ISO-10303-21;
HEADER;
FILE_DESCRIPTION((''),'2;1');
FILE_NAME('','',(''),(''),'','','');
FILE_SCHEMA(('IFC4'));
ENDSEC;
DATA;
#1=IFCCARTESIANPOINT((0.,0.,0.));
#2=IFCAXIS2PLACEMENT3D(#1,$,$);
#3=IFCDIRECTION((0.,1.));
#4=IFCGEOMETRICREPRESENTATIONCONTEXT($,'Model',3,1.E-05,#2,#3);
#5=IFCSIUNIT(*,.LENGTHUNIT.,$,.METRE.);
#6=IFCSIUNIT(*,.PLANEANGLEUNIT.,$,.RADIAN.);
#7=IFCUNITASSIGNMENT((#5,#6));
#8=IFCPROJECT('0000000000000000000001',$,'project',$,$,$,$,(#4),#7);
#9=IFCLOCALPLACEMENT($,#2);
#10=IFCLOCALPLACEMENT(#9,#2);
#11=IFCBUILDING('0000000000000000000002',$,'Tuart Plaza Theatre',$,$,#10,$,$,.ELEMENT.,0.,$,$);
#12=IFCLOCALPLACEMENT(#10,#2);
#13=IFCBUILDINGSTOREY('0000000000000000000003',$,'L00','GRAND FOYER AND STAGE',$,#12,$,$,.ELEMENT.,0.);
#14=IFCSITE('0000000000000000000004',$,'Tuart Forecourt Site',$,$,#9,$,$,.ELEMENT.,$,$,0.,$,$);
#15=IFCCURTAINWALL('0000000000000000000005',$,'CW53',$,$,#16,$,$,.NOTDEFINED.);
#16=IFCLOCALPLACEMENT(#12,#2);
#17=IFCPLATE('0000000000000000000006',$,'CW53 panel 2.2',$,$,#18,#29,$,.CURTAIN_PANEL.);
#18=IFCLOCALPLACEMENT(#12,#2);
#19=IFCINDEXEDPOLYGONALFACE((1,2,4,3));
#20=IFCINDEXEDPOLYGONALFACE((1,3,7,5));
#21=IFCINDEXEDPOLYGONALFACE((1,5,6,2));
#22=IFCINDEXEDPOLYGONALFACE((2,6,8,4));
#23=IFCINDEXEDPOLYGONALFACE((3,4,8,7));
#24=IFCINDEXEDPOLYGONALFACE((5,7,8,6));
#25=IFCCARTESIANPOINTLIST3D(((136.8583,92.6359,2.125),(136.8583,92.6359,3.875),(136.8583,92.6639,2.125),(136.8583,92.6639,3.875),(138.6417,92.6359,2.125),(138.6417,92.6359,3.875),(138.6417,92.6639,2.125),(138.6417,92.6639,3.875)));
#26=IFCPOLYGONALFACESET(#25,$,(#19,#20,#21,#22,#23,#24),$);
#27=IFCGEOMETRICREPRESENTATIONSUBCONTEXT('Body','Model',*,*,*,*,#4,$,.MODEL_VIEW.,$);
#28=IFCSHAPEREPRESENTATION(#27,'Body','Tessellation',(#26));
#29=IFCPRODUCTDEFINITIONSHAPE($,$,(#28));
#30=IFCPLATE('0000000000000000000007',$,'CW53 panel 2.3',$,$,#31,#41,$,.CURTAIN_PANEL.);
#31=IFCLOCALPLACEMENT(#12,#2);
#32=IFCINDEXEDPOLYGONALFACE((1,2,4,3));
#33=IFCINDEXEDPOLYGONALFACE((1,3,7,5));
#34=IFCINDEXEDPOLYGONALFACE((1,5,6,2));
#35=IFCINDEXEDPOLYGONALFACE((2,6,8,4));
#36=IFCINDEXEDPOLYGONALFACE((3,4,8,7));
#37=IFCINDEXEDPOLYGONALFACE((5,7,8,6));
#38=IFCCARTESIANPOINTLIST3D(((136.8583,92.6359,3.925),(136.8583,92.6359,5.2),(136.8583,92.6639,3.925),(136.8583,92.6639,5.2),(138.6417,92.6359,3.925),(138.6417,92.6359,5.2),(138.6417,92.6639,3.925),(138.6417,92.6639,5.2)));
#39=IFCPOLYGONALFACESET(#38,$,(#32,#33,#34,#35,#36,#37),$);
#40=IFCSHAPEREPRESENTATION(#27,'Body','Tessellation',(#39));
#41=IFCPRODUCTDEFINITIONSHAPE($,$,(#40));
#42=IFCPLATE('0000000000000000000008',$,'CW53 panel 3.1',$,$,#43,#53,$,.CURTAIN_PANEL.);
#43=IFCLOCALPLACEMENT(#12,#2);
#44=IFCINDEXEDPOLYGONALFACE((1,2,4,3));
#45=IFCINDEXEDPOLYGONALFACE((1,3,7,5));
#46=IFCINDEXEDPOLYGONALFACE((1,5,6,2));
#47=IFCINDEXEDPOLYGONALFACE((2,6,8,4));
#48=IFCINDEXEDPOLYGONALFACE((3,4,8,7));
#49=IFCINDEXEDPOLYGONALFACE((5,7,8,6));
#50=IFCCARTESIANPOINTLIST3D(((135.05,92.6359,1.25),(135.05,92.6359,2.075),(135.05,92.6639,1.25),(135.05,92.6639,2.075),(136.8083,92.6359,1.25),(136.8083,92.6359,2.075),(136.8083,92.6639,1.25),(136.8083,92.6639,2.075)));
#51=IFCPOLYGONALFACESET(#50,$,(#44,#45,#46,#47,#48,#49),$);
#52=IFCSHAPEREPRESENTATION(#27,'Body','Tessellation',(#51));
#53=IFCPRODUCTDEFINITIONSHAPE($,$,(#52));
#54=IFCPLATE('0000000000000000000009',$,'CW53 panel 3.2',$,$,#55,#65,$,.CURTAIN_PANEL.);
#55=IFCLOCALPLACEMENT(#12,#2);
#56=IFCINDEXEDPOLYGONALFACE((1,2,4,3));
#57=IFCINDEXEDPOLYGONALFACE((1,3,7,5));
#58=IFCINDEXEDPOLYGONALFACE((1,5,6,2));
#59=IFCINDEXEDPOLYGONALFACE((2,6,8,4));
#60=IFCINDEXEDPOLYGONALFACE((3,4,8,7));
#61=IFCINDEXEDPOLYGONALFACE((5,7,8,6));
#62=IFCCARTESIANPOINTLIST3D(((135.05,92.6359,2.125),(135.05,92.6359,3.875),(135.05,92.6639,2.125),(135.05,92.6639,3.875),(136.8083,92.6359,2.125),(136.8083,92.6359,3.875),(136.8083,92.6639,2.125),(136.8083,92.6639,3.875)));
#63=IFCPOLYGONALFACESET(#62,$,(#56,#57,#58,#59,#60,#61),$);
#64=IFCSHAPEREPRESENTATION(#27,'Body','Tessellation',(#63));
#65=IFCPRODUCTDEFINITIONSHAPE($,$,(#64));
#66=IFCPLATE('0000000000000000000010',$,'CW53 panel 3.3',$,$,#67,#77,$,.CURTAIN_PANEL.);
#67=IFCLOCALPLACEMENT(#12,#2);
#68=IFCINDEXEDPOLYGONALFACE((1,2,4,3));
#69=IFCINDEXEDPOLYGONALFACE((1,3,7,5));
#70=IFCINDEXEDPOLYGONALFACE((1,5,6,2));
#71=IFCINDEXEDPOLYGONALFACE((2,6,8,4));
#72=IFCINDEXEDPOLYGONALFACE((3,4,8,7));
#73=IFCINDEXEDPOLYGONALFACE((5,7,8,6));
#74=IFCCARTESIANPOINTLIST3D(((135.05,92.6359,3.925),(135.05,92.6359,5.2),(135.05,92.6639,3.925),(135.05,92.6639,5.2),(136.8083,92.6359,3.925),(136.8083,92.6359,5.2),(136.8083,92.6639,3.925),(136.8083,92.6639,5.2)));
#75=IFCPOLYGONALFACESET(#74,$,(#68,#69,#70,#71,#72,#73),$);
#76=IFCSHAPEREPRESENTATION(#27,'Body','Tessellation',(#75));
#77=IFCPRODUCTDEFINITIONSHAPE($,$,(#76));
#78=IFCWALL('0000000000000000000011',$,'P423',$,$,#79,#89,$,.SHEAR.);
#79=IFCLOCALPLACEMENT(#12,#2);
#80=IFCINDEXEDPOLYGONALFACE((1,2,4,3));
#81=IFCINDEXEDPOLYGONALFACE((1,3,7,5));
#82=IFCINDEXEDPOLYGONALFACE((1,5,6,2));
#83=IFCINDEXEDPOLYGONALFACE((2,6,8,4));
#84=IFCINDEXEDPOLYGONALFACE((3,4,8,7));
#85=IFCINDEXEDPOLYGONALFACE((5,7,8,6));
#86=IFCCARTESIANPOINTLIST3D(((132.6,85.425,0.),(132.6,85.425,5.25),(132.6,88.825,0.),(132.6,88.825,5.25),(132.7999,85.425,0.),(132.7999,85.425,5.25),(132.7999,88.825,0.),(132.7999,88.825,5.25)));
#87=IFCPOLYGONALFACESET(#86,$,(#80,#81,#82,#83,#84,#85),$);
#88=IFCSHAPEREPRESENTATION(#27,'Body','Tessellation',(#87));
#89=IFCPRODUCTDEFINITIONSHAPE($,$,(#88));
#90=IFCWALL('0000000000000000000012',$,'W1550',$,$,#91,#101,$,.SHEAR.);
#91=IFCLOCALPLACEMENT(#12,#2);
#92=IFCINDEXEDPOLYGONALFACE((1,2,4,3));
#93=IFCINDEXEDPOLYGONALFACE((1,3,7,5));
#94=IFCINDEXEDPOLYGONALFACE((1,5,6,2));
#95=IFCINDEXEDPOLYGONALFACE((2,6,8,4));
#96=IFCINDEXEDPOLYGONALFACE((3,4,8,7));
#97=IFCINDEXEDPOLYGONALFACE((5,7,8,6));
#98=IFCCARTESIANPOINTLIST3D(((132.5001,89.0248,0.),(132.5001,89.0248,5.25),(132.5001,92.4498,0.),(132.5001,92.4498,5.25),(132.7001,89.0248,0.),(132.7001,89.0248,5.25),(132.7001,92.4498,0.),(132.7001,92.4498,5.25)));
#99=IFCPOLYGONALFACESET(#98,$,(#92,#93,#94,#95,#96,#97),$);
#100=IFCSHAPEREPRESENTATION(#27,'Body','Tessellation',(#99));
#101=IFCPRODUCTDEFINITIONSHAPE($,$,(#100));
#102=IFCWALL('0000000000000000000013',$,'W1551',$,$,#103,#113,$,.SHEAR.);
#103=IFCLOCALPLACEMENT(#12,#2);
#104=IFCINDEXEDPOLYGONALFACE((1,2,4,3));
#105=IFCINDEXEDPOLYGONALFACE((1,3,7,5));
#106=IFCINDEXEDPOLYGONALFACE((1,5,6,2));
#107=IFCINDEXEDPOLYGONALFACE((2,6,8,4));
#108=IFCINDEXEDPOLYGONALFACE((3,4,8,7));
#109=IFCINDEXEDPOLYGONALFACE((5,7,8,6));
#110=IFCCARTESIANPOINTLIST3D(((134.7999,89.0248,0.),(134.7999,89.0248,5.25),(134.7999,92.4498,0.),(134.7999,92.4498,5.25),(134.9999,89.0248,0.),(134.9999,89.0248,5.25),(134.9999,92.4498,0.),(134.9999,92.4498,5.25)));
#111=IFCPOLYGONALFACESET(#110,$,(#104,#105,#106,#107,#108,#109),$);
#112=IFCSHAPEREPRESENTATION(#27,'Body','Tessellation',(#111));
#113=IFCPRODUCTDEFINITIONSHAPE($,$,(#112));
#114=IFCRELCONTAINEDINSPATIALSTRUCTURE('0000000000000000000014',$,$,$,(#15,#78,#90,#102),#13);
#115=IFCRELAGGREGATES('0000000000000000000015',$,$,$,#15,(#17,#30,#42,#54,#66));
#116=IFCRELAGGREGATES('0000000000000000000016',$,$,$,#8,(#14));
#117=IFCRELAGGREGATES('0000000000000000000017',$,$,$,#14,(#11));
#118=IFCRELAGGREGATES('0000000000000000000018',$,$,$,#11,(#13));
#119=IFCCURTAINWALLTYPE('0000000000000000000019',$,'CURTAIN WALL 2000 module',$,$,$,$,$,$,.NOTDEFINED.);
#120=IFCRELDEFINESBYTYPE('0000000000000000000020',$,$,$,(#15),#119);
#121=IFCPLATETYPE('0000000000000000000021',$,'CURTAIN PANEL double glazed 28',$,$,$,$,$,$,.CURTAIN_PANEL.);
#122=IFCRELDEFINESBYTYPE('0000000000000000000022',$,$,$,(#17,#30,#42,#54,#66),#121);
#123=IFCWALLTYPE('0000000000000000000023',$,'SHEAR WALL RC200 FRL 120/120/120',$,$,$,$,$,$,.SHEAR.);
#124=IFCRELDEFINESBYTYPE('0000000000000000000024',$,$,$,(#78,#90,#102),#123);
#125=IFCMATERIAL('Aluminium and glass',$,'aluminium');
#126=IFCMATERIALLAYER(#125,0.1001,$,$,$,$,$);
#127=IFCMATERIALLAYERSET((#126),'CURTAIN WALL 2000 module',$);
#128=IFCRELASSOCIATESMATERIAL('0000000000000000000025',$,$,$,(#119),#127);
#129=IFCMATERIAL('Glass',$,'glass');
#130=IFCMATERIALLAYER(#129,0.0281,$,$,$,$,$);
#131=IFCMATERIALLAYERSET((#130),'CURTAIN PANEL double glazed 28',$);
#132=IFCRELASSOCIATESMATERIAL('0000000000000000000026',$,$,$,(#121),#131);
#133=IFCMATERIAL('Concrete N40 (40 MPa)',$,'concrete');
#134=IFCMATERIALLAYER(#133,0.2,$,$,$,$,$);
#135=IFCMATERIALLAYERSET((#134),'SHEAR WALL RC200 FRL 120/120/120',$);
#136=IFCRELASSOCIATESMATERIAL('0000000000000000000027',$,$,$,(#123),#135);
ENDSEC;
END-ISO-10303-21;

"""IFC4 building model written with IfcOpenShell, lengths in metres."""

from ifc_helpers import new_model, si_unit, direction, frame, frame_2d, origin, origin_2d, place, context, subcontext, project, spatial, rectangle, extrude, material, layer, layer_set, type_object, element, aggregate, save


model = new_model("IFC4")

# Units and contexts
model_context = context("Model", 3, precision=1e-05, world=origin(), true_north=direction((0.0, 1.0)))
body_context = subcontext(model_context, "Body", "Model", "MODEL_VIEW")
ifc_project = project(units=[si_unit("LENGTHUNIT", "METRE"), si_unit("PLANEANGLEUNIT", "RADIAN")], contexts=[model_context])

# Site, building, storey
site_placement = place(None, origin())
site = spatial("IfcSite", under=ifc_project, at=site_placement, Name="Tuart Forecourt Site", CompositionType="ELEMENT", RefElevation=0.0)
building_placement = place(site_placement, origin())
building = spatial("IfcBuilding", under=site, at=building_placement, Name="Tuart Plaza Theatre", CompositionType="ELEMENT", ElevationOfRefHeight=0.0)
storey_placement = place(building_placement, origin())
storey = spatial("IfcBuildingStorey", under=building, at=storey_placement, Name="L00", Description="GRAND FOYER AND STAGE", CompositionType="ELEMENT", Elevation=0.0)

# Curtain wall, plates
ifc_material_1 = material(Name="Aluminium and glass", Category="aluminium")
ifc_layer_1 = layer(ifc_material_1, 0.1001)
ifc_layer_set_1 = layer_set([ifc_layer_1], Name="CURTAIN WALL 2000 module")
curtain_wall_type = type_object("IfcCurtainWallType", Name="CURTAIN WALL 2000 module", PredefinedType="NOTDEFINED", material=ifc_layer_set_1)
curtain_wall_placement = place(storey_placement, origin())
curtain_wall = element("IfcCurtainWall", 1, at=curtain_wall_placement, inside=storey, type_object=curtain_wall_type, Name="CW53", PredefinedType="NOTDEFINED")
ifc_material_2 = material(Name="Glass", Category="glass")
ifc_layer_2 = layer(ifc_material_2, 0.0281)
ifc_layer_set_2 = layer_set([ifc_layer_2], Name="CURTAIN PANEL double glazed 28")
plate_type = type_object("IfcPlateType", Name="CURTAIN PANEL double glazed 28", PredefinedType="CURTAIN_PANEL", material=ifc_layer_set_2)
plate_1_placement = place(storey_placement, frame((137.75, 92.6499, 2.125), z_axis=(0.0, 0.0, 1.0), x_axis=(-1.0, 0.0, 0.0)))
plate_1 = element("IfcPlate", 2, at=plate_1_placement, type_object=plate_type, Name="CW53 panel 2.2", PredefinedType="CURTAIN_PANEL", context=body_context, shape_type="SweptSolid", body=[
    extrude(rectangle(XDim=1.7834, YDim=0.0281, at=origin_2d()), origin(), (0.0, 0.0, 1.0), 1.75),
])
plate_2_placement = place(storey_placement, frame((137.75, 92.6499, 3.925), z_axis=(0.0, 0.0, 1.0), x_axis=(-1.0, 0.0, 0.0)))
plate_2 = element("IfcPlate", 3, at=plate_2_placement, type_object=plate_type, Name="CW53 panel 2.3", PredefinedType="CURTAIN_PANEL", context=body_context, shape_type="SweptSolid", body=[
    extrude(rectangle(XDim=1.7834, YDim=0.0281, at=origin_2d()), origin(), (0.0, 0.0, 1.0), 1.2749),
])
plate_3_placement = place(storey_placement, frame((135.9292, 92.6499, 1.25), z_axis=(0.0, 0.0, 1.0), x_axis=(-1.0, 0.0, 0.0)))
plate_3 = element("IfcPlate", 4, at=plate_3_placement, type_object=plate_type, Name="CW53 panel 3.1", PredefinedType="CURTAIN_PANEL", context=body_context, shape_type="SweptSolid", body=[
    extrude(rectangle(XDim=1.7583, YDim=0.0281, at=origin_2d()), origin(), (0.0, 0.0, 1.0), 0.825),
])
plate_4_placement = place(storey_placement, frame((135.9292, 92.6499, 2.125), z_axis=(0.0, 0.0, 1.0), x_axis=(-1.0, 0.0, 0.0)))
plate_4 = element("IfcPlate", 5, at=plate_4_placement, type_object=plate_type, Name="CW53 panel 3.2", PredefinedType="CURTAIN_PANEL", context=body_context, shape_type="SweptSolid", body=[
    extrude(rectangle(XDim=1.7583, YDim=0.0281, at=origin_2d()), origin(), (0.0, 0.0, 1.0), 1.75),
])
plate_5_placement = place(storey_placement, frame((135.9292, 92.6499, 3.925), z_axis=(0.0, 0.0, 1.0), x_axis=(-1.0, 0.0, 0.0)))
plate_5 = element("IfcPlate", 6, at=plate_5_placement, type_object=plate_type, Name="CW53 panel 3.3", PredefinedType="CURTAIN_PANEL", context=body_context, shape_type="SweptSolid", body=[
    extrude(rectangle(XDim=1.7583, YDim=0.0281, at=origin_2d()), origin(), (0.0, 0.0, 1.0), 1.2749),
])
aggregate(curtain_wall, [plate_1, plate_2, plate_3, plate_4, plate_5])

# Walls
ifc_material_3 = material(Name="Concrete N40 (40 MPa)", Category="concrete")
ifc_layer_3 = layer(ifc_material_3, 0.2)
ifc_layer_set_3 = layer_set([ifc_layer_3], Name="SHEAR WALL RC200 FRL 120/120/120")
wall_type_1 = type_object("IfcWallType", Name="SHEAR WALL RC200 FRL 120/120/120", PredefinedType="SHEAR", material=ifc_layer_set_3)
wall_1_placement = place(storey_placement, frame((132.7, 88.825, 0.0), z_axis=(0.0, 0.0, 1.0), x_axis=(0.0, -1.0, 0.0)))
element("IfcWall", 7, at=wall_1_placement, inside=storey, type_object=wall_type_1, Name="P423", PredefinedType="SHEAR", context=body_context, shape_type="SweptSolid", body=[
    extrude(rectangle(XDim=3.3999, YDim=0.2, at=frame_2d((1.7, 0.0))), origin(), (0.0, 0.0, 1.0), 5.25),
])
for number, where, z_axis, x_axis, name in (
    (8, (132.6001, 89.0249, 0.0), (0.0, 0.0, 1.0), (0.0, 1.0, 0.0), "W1550"),
    (9, (134.8999, 89.0249, 0.0), (0.0, 0.0, 1.0), (0.0, 1.0, 0.0), "W1551"),
):
    element("IfcWall", number, at=place(storey_placement, frame(where, z_axis=z_axis, x_axis=x_axis)), inside=storey, type_object=wall_type_1, Name=name, PredefinedType="SHEAR", context=body_context, shape_type="SweptSolid", body=[
        extrude(rectangle(XDim=3.425, YDim=0.2, at=frame_2d((1.7124, 0.0))), origin(), (0.0, 0.0, 1.0), 5.25),
    ])

save(model, "model.ifc")
